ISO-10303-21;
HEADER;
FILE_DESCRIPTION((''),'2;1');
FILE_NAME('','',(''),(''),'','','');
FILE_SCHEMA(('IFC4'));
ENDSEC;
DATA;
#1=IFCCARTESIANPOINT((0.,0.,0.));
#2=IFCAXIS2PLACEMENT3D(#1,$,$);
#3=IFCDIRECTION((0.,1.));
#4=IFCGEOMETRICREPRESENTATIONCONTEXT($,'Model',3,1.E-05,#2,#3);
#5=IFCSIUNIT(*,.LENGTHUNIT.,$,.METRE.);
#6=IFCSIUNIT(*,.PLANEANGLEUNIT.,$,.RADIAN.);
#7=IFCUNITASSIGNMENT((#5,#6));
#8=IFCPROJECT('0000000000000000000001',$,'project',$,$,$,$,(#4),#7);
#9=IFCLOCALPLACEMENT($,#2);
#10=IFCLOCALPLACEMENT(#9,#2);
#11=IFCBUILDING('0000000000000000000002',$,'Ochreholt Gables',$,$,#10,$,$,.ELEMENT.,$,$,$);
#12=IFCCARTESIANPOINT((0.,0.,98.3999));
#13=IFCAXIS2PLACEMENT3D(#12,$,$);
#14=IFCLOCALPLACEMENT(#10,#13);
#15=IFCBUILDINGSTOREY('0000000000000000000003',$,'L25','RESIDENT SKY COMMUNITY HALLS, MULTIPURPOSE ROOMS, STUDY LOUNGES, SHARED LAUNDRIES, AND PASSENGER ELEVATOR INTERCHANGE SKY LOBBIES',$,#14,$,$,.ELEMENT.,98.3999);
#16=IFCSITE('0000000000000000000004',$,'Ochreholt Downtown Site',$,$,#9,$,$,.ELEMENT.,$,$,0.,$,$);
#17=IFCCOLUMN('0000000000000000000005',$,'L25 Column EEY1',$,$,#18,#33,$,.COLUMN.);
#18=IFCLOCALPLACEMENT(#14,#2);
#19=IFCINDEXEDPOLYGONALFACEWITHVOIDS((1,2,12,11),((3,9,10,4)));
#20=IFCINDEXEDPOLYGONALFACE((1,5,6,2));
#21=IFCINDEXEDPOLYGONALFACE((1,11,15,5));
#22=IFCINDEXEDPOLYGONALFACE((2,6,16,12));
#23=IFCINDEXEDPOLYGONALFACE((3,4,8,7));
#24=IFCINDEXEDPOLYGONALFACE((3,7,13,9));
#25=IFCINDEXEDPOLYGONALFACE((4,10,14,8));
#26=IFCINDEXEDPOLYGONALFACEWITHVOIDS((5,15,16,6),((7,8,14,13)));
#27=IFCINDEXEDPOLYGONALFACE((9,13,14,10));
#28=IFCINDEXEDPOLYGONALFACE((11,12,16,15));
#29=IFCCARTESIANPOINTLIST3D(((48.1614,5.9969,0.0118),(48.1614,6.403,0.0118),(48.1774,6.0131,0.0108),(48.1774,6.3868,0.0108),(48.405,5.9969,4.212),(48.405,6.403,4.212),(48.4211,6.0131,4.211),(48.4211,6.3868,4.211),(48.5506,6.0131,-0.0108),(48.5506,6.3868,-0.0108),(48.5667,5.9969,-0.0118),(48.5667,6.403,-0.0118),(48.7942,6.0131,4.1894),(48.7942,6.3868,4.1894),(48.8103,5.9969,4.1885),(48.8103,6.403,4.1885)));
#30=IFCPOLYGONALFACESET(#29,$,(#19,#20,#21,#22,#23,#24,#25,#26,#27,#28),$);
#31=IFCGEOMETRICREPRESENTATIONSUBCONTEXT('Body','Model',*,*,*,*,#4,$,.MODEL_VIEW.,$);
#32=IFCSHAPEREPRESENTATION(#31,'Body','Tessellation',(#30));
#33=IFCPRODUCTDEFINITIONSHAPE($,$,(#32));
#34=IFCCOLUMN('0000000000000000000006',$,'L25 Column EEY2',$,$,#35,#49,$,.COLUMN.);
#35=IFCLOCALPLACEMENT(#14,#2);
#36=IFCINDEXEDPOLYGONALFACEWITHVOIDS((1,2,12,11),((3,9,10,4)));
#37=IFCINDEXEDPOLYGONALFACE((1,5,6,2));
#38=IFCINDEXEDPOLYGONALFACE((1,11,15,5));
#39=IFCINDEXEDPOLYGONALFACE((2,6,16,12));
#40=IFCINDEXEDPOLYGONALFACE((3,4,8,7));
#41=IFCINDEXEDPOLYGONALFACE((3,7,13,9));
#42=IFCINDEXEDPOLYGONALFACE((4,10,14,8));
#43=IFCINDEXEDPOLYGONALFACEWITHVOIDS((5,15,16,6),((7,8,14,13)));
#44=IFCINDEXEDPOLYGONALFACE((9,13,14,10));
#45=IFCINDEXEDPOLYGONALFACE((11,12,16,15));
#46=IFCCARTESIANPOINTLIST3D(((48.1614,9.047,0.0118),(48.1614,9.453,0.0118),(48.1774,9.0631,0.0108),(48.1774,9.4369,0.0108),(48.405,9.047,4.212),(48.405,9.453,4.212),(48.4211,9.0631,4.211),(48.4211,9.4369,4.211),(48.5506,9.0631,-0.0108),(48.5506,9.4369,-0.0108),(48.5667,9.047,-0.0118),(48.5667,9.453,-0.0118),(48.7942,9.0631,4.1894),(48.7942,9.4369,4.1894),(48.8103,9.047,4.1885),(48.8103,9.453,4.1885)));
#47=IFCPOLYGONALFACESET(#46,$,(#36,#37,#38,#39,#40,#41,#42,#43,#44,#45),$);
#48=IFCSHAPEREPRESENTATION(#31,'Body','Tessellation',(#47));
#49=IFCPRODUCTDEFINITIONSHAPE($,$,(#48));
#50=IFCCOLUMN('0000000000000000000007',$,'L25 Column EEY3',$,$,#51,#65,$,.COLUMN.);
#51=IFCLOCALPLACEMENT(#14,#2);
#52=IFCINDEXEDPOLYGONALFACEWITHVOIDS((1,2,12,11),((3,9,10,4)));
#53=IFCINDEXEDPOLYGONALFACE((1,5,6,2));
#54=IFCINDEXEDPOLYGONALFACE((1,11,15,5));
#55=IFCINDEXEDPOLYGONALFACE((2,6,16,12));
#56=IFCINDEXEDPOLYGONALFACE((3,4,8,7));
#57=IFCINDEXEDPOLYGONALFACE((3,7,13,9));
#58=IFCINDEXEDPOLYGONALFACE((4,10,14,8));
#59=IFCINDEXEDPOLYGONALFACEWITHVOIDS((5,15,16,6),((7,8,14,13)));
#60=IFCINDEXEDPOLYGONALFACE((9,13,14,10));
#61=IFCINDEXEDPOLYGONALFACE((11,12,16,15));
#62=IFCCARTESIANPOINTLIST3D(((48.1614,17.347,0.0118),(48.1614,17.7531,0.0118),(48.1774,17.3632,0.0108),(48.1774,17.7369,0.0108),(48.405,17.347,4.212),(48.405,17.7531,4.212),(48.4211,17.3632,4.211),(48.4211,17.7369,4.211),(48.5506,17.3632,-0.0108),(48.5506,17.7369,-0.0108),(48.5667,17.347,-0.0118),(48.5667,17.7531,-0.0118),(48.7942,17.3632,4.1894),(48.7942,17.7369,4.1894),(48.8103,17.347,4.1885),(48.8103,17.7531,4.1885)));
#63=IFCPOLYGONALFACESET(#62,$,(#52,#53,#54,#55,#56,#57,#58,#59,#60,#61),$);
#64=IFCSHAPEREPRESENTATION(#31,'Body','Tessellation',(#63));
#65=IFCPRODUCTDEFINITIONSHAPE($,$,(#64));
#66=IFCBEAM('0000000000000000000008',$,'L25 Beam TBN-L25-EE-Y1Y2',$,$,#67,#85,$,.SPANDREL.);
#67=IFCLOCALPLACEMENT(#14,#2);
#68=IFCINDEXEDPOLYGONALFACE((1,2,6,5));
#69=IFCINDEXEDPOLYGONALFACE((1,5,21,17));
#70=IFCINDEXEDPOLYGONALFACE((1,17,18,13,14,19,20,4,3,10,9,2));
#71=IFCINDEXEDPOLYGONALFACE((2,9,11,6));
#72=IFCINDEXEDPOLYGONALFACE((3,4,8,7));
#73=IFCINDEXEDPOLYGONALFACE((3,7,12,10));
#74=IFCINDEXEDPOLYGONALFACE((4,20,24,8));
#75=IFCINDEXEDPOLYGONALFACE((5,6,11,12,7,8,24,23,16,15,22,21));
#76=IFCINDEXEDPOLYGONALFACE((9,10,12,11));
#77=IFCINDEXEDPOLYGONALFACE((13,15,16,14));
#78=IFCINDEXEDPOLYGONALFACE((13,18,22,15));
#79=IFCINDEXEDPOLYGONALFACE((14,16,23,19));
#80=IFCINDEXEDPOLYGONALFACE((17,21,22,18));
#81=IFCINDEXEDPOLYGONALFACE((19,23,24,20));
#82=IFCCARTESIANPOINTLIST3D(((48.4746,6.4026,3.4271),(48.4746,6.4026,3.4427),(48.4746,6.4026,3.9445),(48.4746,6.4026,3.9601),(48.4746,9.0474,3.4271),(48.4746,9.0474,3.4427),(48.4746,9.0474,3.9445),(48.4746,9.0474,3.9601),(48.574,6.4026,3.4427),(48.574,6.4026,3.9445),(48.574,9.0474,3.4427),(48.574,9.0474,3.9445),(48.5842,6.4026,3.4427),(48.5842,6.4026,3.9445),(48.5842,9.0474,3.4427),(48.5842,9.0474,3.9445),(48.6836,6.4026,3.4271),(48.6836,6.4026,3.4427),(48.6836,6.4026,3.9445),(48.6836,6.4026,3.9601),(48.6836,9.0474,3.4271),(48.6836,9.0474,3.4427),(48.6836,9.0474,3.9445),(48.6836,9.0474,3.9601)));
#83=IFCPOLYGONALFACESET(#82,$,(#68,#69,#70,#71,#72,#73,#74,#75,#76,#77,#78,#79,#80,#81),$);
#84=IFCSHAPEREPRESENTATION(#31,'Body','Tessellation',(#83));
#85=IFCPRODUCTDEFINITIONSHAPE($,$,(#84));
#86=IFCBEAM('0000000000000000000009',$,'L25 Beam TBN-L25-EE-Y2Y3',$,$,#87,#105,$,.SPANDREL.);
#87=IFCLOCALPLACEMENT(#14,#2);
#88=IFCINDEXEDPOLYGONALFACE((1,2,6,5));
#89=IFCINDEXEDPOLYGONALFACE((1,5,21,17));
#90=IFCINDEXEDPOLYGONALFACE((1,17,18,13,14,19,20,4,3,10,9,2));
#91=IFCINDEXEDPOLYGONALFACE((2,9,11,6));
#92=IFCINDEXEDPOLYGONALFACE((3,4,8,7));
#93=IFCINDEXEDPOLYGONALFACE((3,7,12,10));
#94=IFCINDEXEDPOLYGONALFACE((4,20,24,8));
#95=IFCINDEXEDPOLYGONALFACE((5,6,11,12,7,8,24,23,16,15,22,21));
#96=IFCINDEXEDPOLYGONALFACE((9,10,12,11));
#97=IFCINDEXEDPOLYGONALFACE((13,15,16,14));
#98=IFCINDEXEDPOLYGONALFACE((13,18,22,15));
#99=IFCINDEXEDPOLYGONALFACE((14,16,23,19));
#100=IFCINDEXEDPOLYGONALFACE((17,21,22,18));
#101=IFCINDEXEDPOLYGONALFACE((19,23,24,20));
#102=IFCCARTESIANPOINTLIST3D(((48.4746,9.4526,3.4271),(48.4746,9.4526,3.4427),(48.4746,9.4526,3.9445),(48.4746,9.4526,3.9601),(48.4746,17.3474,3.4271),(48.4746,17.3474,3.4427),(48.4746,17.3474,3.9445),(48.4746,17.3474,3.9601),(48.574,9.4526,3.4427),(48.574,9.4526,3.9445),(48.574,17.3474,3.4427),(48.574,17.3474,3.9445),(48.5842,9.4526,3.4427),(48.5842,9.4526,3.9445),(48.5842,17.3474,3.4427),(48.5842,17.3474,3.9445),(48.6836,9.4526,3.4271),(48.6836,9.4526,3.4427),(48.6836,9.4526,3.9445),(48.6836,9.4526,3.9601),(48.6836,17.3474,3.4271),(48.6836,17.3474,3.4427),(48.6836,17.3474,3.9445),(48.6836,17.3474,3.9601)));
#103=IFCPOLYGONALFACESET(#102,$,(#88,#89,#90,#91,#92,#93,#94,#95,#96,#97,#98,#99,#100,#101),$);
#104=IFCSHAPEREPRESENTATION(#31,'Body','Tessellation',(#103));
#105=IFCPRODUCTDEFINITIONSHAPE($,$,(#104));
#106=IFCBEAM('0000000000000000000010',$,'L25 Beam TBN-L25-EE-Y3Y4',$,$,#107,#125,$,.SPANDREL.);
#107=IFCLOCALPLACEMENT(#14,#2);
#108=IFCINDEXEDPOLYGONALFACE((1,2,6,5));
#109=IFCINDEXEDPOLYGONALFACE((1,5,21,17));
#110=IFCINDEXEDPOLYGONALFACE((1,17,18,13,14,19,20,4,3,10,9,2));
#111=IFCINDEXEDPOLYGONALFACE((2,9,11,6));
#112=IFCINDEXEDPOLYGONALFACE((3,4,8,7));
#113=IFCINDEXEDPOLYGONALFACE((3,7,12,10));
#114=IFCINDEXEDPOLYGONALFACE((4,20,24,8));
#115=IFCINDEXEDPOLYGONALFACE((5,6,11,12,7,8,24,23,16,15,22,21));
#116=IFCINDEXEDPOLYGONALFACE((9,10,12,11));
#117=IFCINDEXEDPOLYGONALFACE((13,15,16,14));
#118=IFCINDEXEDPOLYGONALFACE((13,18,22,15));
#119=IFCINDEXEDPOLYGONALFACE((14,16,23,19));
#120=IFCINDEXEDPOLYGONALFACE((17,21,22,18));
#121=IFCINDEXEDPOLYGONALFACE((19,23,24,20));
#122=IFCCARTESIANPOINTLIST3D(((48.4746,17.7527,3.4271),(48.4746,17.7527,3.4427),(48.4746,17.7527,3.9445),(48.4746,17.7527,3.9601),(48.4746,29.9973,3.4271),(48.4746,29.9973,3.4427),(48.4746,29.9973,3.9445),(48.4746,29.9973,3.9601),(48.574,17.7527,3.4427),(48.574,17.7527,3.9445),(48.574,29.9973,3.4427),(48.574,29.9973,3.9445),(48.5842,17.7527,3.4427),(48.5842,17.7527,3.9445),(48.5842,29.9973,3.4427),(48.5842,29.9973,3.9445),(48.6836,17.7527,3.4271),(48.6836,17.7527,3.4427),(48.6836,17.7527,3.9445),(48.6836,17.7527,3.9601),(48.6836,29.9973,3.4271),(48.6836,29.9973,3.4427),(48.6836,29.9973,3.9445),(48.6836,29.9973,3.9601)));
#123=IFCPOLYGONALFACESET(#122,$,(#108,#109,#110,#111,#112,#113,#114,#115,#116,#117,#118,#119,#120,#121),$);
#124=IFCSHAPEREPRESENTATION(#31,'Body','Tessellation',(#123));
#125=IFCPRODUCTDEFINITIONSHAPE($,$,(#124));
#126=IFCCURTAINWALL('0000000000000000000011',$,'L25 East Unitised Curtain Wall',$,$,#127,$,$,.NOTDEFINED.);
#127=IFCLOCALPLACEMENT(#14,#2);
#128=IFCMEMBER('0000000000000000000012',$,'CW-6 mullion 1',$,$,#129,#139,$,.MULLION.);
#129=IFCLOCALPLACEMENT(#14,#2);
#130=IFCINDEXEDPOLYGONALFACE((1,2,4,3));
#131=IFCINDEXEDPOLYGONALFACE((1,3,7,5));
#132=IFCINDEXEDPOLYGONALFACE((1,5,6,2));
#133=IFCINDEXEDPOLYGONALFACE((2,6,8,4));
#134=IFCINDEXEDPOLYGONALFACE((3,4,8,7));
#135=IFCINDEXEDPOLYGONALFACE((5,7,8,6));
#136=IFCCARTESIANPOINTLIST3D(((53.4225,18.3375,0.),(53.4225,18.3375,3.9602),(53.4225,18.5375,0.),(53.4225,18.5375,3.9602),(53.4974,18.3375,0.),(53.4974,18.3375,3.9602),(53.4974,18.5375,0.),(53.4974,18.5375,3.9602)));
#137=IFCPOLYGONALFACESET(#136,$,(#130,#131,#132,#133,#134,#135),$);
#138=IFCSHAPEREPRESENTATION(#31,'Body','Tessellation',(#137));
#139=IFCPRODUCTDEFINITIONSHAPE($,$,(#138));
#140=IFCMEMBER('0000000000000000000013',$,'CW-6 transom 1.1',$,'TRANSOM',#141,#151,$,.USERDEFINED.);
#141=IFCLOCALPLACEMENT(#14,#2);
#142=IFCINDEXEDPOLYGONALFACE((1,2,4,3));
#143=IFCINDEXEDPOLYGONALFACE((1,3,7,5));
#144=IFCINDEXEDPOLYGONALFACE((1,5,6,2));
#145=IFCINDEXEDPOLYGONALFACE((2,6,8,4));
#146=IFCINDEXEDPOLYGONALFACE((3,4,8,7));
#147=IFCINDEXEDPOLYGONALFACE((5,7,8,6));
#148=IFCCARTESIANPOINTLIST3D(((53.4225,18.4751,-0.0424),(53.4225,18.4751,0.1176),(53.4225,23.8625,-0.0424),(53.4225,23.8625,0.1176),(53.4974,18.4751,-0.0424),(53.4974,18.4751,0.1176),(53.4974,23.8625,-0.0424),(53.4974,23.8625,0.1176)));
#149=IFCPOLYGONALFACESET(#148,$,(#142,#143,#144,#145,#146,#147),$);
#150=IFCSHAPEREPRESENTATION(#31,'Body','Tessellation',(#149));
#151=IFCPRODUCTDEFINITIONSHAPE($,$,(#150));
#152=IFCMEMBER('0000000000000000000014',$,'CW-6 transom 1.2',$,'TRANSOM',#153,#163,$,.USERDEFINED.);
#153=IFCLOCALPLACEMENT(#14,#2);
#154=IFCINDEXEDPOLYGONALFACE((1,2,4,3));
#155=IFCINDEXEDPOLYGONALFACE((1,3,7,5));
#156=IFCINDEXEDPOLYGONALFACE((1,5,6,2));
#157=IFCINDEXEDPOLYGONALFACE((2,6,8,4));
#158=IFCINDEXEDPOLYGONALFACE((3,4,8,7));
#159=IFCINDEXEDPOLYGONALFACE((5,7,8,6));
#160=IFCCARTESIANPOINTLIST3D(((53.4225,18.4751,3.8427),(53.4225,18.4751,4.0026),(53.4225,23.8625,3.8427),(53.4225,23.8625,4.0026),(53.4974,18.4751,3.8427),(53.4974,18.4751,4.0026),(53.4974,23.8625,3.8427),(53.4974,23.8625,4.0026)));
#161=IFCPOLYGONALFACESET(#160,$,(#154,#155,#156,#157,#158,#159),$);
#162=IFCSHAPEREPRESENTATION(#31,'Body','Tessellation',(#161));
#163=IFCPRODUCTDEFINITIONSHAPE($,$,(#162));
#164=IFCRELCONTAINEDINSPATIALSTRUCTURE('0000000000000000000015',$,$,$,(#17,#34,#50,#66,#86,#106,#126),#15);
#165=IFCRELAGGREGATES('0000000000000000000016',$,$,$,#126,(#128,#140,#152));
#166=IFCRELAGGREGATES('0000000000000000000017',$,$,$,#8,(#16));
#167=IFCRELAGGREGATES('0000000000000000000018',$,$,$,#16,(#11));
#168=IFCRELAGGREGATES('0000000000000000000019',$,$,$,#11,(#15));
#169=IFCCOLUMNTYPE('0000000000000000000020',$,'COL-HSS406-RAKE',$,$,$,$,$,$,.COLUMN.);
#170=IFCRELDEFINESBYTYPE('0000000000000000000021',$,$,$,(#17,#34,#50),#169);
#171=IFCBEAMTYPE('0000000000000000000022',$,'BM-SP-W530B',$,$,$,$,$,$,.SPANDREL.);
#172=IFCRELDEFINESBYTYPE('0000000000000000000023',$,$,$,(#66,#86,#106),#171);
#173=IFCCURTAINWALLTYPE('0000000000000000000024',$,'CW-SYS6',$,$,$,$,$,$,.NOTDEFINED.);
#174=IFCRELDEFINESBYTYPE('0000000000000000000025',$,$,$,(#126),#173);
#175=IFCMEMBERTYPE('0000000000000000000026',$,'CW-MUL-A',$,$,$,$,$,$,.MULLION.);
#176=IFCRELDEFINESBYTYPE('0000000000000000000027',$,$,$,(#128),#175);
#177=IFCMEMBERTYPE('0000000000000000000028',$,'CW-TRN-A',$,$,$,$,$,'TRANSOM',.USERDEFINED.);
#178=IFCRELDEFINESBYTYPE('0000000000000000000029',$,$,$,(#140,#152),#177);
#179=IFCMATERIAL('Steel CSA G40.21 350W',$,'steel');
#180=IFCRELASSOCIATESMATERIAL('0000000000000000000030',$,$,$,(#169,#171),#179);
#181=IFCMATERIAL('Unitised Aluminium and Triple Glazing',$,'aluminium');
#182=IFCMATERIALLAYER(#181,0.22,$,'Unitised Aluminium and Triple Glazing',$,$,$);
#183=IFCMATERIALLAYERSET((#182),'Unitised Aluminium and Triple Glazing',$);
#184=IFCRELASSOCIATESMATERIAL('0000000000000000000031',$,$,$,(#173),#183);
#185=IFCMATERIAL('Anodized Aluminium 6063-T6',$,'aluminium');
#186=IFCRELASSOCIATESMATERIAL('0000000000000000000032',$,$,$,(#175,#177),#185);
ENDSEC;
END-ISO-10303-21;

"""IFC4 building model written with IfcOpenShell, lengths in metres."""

from ifc_helpers import new_model, si_unit, direction, frame, origin, origin_2d, place, context, subcontext, project, spatial, rectangle, hollow_rectangle, i_section, extrude, material, layer, layer_set, material_profile, profile_set, type_object, element, aggregate, save


model = new_model("IFC4")

# Units and contexts
model_context = context("Model", 3, precision=1e-05, world=origin(), true_north=direction((0.0, 1.0)))
body_context = subcontext(model_context, "Body", "Model", "MODEL_VIEW")
ifc_project = project(units=[si_unit("LENGTHUNIT", "METRE"), si_unit("PLANEANGLEUNIT", "RADIAN")], contexts=[model_context])

# Site, building, storey
site_placement = place(None, origin())
site = spatial("IfcSite", under=ifc_project, at=site_placement, Name="Ochreholt Downtown Site", CompositionType="ELEMENT", RefElevation=0.0)
building_placement = place(site_placement, origin())
building = spatial("IfcBuilding", under=site, at=building_placement, Name="Ochreholt Gables", CompositionType="ELEMENT")
storey_placement = place(building_placement, frame((0.0, 0.0, 98.3999)))
storey = spatial("IfcBuildingStorey", under=building, at=storey_placement, Name="L25", Description="RESIDENT SKY COMMUNITY HALLS, MULTIPURPOSE ROOMS, STUDY LOUNGES, SHARED LAUNDRIES, AND PASSENGER ELEVATOR INTERCHANGE SKY LOBBIES", CompositionType="ELEMENT", Elevation=98.3999)

# Columns
ifc_material_1 = material(Name="Steel CSA G40.21 350W", Category="steel")
ifc_material_profile_1 = material_profile(ifc_material_1, hollow_rectangle(XDim=0.406, YDim=0.406, WallThickness=0.0161, at=origin_2d()), Name="HSS406X406X16")
ifc_profile_set_1 = profile_set([ifc_material_profile_1], Name="Steel CSA G40.21 350W")
column_type = type_object("IfcColumnType", Name="COL-HSS406-RAKE", PredefinedType="COLUMN", material=ifc_profile_set_1)
for number, where, z_axis, x_axis, name in (
    (1, (48.364, 6.2, 0.0), (0.057912, 0.0, 0.998322), (0.0, 1.0, 0.0), "L25 Column EEY1"),
    (2, (48.364, 9.25, 0.0), (0.057912, 0.0, 0.998322), (0.0, 1.0, 0.0), "L25 Column EEY2"),
    (3, (48.364, 17.55, 0.0), (0.057912, 0.0, 0.998322), (0.0, 1.0, 0.0), "L25 Column EEY3"),
):
    element("IfcColumn", number, at=place(storey_placement, frame(where, z_axis=z_axis, x_axis=x_axis)), inside=storey, type_object=column_type, Name=name, PredefinedType="COLUMN", context=body_context, shape_type="SweptSolid", body=[
        extrude(hollow_rectangle(XDim=0.406, YDim=0.406, WallThickness=0.0161, at=origin_2d()), origin(), (0.0, 0.0, 1.0), 4.2073),
    ])

# Beams
ifc_material_profile_2 = material_profile(ifc_material_1, i_section(OverallWidth=0.209, OverallDepth=0.533, WebThickness=0.0103, FlangeThickness=0.0156, at=origin_2d()), Name="W530X92")
ifc_profile_set_2 = profile_set([ifc_material_profile_2], Name="Steel CSA G40.21 350W")
beam_type = type_object("IfcBeamType", Name="BM-SP-W530B", PredefinedType="SPANDREL", material=ifc_profile_set_2)
beam_1_placement = place(storey_placement, frame((48.5791, 6.4026, 3.6936), z_axis=(0.0, 1.0, 0.0), x_axis=(-1.0, 0.0, 0.0)))
element("IfcBeam", 4, at=beam_1_placement, inside=storey, type_object=beam_type, Name="L25 Beam TBN-L25-EE-Y1Y2", PredefinedType="SPANDREL", context=body_context, shape_type="SweptSolid", body=[
    extrude(i_section(OverallWidth=0.209, OverallDepth=0.533, WebThickness=0.0103, FlangeThickness=0.0156, at=origin_2d()), origin(), (0.0, 0.0, 1.0), 2.6448),
])
beam_2_placement = place(storey_placement, frame((48.5791, 9.4526, 3.6936), z_axis=(0.0, 1.0, 0.0), x_axis=(-1.0, 0.0, 0.0)))
element("IfcBeam", 5, at=beam_2_placement, inside=storey, type_object=beam_type, Name="L25 Beam TBN-L25-EE-Y2Y3", PredefinedType="SPANDREL", context=body_context, shape_type="SweptSolid", body=[
    extrude(i_section(OverallWidth=0.209, OverallDepth=0.533, WebThickness=0.0103, FlangeThickness=0.0156, at=origin_2d()), origin(), (0.0, 0.0, 1.0), 7.8948),
])
beam_3_placement = place(storey_placement, frame((48.5791, 17.7527, 3.6936), z_axis=(0.0, 1.0, 0.0), x_axis=(-1.0, 0.0, 0.0)))
element("IfcBeam", 6, at=beam_3_placement, inside=storey, type_object=beam_type, Name="L25 Beam TBN-L25-EE-Y3Y4", PredefinedType="SPANDREL", context=body_context, shape_type="SweptSolid", body=[
    extrude(i_section(OverallWidth=0.209, OverallDepth=0.533, WebThickness=0.0103, FlangeThickness=0.0156, at=origin_2d()), origin(), (0.0, 0.0, 1.0), 12.2446),
])

# Curtain wall, members
ifc_material_2 = material(Name="Unitised Aluminium and Triple Glazing", Category="aluminium")
ifc_layer_1 = layer(ifc_material_2, 0.22, Name="Unitised Aluminium and Triple Glazing")
ifc_layer_set_1 = layer_set([ifc_layer_1], Name="Unitised Aluminium and Triple Glazing")
curtain_wall_type = type_object("IfcCurtainWallType", Name="CW-SYS6", PredefinedType="NOTDEFINED", material=ifc_layer_set_1)
curtain_wall_placement = place(storey_placement, origin())
curtain_wall = element("IfcCurtainWall", 7, at=curtain_wall_placement, inside=storey, type_object=curtain_wall_type, Name="L25 East Unitised Curtain Wall", PredefinedType="NOTDEFINED")
ifc_material_3 = material(Name="Anodized Aluminium 6063-T6", Category="aluminium")
ifc_material_profile_3 = material_profile(ifc_material_3, rectangle(XDim=0.075, YDim=0.2, at=origin_2d()), Name="CWM75X200")
ifc_profile_set_3 = profile_set([ifc_material_profile_3], Name="Anodized Aluminium 6063-T6")
member_type_1 = type_object("IfcMemberType", Name="CW-MUL-A", PredefinedType="MULLION", material=ifc_profile_set_3)
member_1_placement = place(storey_placement, frame((53.46, 18.4375, 0.0), z_axis=(0.0, 0.0, 1.0), x_axis=(-1.0, 0.0, 0.0)))
member_1 = element("IfcMember", 8, at=member_1_placement, type_object=member_type_1, Name="CW-6 mullion 1", PredefinedType="MULLION", context=body_context, shape_type="SweptSolid", body=[
    extrude(rectangle(XDim=0.075, YDim=0.2, at=origin_2d()), origin(), (0.0, 0.0, 1.0), 3.9602),
])
ifc_material_profile_4 = material_profile(ifc_material_3, rectangle(XDim=0.075, YDim=0.1599, at=origin_2d()), Name="CWT75X160")
ifc_profile_set_4 = profile_set([ifc_material_profile_4], Name="Anodized Aluminium 6063-T6")
member_type_2 = type_object("IfcMemberType", Name="CW-TRN-A", ElementType="TRANSOM", PredefinedType="USERDEFINED", material=ifc_profile_set_4)
member_2_placement = place(storey_placement, frame((53.46, 18.4751, 0.0376), z_axis=(0.0, 1.0, 0.0), x_axis=(-1.0, 0.0, 0.0)))
member_2 = element("IfcMember", 9, at=member_2_placement, type_object=member_type_2, Name="CW-6 transom 1.1", ObjectType="TRANSOM", PredefinedType="USERDEFINED", context=body_context, shape_type="SweptSolid", body=[
    extrude(rectangle(XDim=0.075, YDim=0.1599, at=origin_2d()), origin(), (0.0, 0.0, 1.0), 5.3875),
])
member_3_placement = place(storey_placement, frame((53.46, 18.4751, 3.9226), z_axis=(0.0, 1.0, 0.0), x_axis=(-1.0, 0.0, 0.0)))
member_3 = element("IfcMember", 10, at=member_3_placement, type_object=member_type_2, Name="CW-6 transom 1.2", ObjectType="TRANSOM", PredefinedType="USERDEFINED", context=body_context, shape_type="SweptSolid", body=[
    extrude(rectangle(XDim=0.075, YDim=0.1599, at=origin_2d()), origin(), (0.0, 0.0, 1.0), 5.3875),
])
aggregate(curtain_wall, [member_1, member_2, member_3])

save(model, "model.ifc")
